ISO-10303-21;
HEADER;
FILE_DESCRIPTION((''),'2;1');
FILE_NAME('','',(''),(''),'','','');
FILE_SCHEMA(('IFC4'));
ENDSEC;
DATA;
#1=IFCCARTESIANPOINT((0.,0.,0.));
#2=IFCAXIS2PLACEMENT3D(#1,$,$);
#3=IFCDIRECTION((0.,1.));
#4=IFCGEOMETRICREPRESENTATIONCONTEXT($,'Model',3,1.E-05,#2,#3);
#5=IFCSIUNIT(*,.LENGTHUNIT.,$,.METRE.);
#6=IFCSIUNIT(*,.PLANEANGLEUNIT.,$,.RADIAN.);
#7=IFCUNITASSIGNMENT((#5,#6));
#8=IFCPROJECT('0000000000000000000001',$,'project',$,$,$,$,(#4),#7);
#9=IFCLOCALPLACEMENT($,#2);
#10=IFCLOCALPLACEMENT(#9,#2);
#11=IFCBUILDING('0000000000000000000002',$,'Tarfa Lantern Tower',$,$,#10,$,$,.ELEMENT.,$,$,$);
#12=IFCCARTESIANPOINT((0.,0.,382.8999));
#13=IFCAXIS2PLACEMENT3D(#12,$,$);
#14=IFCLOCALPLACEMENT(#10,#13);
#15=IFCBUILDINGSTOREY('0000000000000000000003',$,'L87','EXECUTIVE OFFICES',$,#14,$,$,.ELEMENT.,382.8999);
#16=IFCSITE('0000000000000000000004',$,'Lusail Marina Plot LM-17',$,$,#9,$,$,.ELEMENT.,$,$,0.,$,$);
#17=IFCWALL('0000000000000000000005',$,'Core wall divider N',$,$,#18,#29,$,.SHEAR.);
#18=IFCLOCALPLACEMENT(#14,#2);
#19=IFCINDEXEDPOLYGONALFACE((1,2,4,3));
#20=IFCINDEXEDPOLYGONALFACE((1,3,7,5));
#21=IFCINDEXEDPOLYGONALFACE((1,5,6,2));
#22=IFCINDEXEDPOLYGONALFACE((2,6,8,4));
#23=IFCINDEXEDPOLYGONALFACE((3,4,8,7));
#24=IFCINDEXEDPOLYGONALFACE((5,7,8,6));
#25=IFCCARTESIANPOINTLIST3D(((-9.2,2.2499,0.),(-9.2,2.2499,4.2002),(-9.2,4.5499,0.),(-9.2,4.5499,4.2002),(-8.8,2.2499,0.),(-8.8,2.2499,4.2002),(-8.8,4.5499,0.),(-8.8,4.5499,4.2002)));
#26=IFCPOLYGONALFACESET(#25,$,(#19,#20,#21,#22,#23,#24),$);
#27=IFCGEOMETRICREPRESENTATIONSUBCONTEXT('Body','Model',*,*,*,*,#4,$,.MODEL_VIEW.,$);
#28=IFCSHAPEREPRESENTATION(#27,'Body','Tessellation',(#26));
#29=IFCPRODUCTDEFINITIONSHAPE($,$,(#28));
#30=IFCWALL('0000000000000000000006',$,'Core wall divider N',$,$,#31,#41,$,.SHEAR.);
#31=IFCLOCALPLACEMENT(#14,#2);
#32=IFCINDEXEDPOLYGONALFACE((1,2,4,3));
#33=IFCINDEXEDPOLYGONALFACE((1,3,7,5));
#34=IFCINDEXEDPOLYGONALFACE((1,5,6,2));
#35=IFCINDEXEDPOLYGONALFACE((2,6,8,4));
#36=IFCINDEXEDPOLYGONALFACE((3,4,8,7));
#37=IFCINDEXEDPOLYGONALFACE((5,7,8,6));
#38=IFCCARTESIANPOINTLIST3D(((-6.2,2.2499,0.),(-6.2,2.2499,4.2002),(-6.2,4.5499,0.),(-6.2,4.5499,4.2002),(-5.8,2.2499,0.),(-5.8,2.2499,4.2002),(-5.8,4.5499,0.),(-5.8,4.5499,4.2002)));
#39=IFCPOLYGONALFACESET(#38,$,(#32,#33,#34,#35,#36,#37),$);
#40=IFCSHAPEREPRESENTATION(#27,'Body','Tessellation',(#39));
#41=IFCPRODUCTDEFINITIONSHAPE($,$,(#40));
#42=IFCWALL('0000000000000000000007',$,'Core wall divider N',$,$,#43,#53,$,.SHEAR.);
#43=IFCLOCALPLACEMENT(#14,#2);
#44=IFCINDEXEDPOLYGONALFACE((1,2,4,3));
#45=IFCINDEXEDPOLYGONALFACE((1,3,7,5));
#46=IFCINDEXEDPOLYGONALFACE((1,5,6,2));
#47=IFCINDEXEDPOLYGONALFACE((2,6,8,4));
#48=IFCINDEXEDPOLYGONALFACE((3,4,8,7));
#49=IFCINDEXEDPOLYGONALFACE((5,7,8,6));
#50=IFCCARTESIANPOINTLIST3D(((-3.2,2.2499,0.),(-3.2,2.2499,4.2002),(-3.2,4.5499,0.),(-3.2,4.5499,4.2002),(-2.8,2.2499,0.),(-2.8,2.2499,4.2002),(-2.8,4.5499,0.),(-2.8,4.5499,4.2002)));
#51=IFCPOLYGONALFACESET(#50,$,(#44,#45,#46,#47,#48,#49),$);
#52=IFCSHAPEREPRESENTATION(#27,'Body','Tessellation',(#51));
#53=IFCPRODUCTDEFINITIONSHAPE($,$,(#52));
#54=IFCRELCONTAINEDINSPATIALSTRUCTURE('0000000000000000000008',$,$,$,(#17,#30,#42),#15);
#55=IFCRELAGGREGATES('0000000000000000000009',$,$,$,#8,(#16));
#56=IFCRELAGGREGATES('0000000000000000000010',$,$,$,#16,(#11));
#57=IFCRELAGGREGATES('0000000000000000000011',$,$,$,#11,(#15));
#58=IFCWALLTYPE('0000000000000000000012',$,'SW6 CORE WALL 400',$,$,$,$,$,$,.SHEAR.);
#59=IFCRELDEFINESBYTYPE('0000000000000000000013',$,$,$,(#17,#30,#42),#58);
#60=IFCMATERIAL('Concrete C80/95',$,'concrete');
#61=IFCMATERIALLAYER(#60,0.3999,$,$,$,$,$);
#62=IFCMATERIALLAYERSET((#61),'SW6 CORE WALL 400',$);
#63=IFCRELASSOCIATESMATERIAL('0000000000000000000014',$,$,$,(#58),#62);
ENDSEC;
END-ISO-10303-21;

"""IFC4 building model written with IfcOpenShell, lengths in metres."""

from ifc_helpers import new_model, si_unit, direction, frame, frame_2d, origin, place, context, subcontext, project, spatial, rectangle, extrude, material, layer, layer_set, type_object, element, save


model = new_model("IFC4")

# Units and contexts
model_context = context("Model", 3, precision=1e-05, world=origin(), true_north=direction((0.0, 1.0)))
body_context = subcontext(model_context, "Body", "Model", "MODEL_VIEW")
ifc_project = project(units=[si_unit("LENGTHUNIT", "METRE"), si_unit("PLANEANGLEUNIT", "RADIAN")], contexts=[model_context])

# Site, building, storey
site_placement = place(None, origin())
site = spatial("IfcSite", under=ifc_project, at=site_placement, Name="Lusail Marina Plot LM-17", CompositionType="ELEMENT", RefElevation=0.0)
building_placement = place(site_placement, origin())
building = spatial("IfcBuilding", under=site, at=building_placement, Name="Tarfa Lantern Tower", CompositionType="ELEMENT")
storey_placement = place(building_placement, frame((0.0, 0.0, 382.8999)))
storey = spatial("IfcBuildingStorey", under=building, at=storey_placement, Name="L87", Description="EXECUTIVE OFFICES", CompositionType="ELEMENT", Elevation=382.8999)

# Shared definitions
ifc_material_1 = material(Name="Concrete C80/95", Category="concrete")

# Walls
ifc_layer_1 = layer(ifc_material_1, 0.3999)
ifc_layer_set_1 = layer_set([ifc_layer_1], Name="SW6 CORE WALL 400")
wall_type_1 = type_object("IfcWallType", Name="SW6 CORE WALL 400", PredefinedType="SHEAR", material=ifc_layer_set_1)
for number, where, z_axis, x_axis, name in (
    (1, (-9.0, 2.25, 0.0), (0.0, 0.0, 1.0), (0.0, 1.0, 0.0), "Core wall divider N"),
    (2, (-6.0, 2.25, 0.0), (0.0, 0.0, 1.0), (0.0, 1.0, 0.0), "Core wall divider N"),
    (3, (-3.0, 2.25, 0.0), (0.0, 0.0, 1.0), (0.0, 1.0, 0.0), "Core wall divider N"),
):
    element("IfcWall", number, at=place(storey_placement, frame(where, z_axis=z_axis, x_axis=x_axis)), inside=storey, type_object=wall_type_1, Name=name, PredefinedType="SHEAR", context=body_context, shape_type="SweptSolid", body=[
        extrude(rectangle(XDim=2.3, YDim=0.3999, at=frame_2d((1.1499, 0.0))), origin(), (0.0, 0.0, 1.0), 4.2002),
    ])

save(model, "model.ifc")
